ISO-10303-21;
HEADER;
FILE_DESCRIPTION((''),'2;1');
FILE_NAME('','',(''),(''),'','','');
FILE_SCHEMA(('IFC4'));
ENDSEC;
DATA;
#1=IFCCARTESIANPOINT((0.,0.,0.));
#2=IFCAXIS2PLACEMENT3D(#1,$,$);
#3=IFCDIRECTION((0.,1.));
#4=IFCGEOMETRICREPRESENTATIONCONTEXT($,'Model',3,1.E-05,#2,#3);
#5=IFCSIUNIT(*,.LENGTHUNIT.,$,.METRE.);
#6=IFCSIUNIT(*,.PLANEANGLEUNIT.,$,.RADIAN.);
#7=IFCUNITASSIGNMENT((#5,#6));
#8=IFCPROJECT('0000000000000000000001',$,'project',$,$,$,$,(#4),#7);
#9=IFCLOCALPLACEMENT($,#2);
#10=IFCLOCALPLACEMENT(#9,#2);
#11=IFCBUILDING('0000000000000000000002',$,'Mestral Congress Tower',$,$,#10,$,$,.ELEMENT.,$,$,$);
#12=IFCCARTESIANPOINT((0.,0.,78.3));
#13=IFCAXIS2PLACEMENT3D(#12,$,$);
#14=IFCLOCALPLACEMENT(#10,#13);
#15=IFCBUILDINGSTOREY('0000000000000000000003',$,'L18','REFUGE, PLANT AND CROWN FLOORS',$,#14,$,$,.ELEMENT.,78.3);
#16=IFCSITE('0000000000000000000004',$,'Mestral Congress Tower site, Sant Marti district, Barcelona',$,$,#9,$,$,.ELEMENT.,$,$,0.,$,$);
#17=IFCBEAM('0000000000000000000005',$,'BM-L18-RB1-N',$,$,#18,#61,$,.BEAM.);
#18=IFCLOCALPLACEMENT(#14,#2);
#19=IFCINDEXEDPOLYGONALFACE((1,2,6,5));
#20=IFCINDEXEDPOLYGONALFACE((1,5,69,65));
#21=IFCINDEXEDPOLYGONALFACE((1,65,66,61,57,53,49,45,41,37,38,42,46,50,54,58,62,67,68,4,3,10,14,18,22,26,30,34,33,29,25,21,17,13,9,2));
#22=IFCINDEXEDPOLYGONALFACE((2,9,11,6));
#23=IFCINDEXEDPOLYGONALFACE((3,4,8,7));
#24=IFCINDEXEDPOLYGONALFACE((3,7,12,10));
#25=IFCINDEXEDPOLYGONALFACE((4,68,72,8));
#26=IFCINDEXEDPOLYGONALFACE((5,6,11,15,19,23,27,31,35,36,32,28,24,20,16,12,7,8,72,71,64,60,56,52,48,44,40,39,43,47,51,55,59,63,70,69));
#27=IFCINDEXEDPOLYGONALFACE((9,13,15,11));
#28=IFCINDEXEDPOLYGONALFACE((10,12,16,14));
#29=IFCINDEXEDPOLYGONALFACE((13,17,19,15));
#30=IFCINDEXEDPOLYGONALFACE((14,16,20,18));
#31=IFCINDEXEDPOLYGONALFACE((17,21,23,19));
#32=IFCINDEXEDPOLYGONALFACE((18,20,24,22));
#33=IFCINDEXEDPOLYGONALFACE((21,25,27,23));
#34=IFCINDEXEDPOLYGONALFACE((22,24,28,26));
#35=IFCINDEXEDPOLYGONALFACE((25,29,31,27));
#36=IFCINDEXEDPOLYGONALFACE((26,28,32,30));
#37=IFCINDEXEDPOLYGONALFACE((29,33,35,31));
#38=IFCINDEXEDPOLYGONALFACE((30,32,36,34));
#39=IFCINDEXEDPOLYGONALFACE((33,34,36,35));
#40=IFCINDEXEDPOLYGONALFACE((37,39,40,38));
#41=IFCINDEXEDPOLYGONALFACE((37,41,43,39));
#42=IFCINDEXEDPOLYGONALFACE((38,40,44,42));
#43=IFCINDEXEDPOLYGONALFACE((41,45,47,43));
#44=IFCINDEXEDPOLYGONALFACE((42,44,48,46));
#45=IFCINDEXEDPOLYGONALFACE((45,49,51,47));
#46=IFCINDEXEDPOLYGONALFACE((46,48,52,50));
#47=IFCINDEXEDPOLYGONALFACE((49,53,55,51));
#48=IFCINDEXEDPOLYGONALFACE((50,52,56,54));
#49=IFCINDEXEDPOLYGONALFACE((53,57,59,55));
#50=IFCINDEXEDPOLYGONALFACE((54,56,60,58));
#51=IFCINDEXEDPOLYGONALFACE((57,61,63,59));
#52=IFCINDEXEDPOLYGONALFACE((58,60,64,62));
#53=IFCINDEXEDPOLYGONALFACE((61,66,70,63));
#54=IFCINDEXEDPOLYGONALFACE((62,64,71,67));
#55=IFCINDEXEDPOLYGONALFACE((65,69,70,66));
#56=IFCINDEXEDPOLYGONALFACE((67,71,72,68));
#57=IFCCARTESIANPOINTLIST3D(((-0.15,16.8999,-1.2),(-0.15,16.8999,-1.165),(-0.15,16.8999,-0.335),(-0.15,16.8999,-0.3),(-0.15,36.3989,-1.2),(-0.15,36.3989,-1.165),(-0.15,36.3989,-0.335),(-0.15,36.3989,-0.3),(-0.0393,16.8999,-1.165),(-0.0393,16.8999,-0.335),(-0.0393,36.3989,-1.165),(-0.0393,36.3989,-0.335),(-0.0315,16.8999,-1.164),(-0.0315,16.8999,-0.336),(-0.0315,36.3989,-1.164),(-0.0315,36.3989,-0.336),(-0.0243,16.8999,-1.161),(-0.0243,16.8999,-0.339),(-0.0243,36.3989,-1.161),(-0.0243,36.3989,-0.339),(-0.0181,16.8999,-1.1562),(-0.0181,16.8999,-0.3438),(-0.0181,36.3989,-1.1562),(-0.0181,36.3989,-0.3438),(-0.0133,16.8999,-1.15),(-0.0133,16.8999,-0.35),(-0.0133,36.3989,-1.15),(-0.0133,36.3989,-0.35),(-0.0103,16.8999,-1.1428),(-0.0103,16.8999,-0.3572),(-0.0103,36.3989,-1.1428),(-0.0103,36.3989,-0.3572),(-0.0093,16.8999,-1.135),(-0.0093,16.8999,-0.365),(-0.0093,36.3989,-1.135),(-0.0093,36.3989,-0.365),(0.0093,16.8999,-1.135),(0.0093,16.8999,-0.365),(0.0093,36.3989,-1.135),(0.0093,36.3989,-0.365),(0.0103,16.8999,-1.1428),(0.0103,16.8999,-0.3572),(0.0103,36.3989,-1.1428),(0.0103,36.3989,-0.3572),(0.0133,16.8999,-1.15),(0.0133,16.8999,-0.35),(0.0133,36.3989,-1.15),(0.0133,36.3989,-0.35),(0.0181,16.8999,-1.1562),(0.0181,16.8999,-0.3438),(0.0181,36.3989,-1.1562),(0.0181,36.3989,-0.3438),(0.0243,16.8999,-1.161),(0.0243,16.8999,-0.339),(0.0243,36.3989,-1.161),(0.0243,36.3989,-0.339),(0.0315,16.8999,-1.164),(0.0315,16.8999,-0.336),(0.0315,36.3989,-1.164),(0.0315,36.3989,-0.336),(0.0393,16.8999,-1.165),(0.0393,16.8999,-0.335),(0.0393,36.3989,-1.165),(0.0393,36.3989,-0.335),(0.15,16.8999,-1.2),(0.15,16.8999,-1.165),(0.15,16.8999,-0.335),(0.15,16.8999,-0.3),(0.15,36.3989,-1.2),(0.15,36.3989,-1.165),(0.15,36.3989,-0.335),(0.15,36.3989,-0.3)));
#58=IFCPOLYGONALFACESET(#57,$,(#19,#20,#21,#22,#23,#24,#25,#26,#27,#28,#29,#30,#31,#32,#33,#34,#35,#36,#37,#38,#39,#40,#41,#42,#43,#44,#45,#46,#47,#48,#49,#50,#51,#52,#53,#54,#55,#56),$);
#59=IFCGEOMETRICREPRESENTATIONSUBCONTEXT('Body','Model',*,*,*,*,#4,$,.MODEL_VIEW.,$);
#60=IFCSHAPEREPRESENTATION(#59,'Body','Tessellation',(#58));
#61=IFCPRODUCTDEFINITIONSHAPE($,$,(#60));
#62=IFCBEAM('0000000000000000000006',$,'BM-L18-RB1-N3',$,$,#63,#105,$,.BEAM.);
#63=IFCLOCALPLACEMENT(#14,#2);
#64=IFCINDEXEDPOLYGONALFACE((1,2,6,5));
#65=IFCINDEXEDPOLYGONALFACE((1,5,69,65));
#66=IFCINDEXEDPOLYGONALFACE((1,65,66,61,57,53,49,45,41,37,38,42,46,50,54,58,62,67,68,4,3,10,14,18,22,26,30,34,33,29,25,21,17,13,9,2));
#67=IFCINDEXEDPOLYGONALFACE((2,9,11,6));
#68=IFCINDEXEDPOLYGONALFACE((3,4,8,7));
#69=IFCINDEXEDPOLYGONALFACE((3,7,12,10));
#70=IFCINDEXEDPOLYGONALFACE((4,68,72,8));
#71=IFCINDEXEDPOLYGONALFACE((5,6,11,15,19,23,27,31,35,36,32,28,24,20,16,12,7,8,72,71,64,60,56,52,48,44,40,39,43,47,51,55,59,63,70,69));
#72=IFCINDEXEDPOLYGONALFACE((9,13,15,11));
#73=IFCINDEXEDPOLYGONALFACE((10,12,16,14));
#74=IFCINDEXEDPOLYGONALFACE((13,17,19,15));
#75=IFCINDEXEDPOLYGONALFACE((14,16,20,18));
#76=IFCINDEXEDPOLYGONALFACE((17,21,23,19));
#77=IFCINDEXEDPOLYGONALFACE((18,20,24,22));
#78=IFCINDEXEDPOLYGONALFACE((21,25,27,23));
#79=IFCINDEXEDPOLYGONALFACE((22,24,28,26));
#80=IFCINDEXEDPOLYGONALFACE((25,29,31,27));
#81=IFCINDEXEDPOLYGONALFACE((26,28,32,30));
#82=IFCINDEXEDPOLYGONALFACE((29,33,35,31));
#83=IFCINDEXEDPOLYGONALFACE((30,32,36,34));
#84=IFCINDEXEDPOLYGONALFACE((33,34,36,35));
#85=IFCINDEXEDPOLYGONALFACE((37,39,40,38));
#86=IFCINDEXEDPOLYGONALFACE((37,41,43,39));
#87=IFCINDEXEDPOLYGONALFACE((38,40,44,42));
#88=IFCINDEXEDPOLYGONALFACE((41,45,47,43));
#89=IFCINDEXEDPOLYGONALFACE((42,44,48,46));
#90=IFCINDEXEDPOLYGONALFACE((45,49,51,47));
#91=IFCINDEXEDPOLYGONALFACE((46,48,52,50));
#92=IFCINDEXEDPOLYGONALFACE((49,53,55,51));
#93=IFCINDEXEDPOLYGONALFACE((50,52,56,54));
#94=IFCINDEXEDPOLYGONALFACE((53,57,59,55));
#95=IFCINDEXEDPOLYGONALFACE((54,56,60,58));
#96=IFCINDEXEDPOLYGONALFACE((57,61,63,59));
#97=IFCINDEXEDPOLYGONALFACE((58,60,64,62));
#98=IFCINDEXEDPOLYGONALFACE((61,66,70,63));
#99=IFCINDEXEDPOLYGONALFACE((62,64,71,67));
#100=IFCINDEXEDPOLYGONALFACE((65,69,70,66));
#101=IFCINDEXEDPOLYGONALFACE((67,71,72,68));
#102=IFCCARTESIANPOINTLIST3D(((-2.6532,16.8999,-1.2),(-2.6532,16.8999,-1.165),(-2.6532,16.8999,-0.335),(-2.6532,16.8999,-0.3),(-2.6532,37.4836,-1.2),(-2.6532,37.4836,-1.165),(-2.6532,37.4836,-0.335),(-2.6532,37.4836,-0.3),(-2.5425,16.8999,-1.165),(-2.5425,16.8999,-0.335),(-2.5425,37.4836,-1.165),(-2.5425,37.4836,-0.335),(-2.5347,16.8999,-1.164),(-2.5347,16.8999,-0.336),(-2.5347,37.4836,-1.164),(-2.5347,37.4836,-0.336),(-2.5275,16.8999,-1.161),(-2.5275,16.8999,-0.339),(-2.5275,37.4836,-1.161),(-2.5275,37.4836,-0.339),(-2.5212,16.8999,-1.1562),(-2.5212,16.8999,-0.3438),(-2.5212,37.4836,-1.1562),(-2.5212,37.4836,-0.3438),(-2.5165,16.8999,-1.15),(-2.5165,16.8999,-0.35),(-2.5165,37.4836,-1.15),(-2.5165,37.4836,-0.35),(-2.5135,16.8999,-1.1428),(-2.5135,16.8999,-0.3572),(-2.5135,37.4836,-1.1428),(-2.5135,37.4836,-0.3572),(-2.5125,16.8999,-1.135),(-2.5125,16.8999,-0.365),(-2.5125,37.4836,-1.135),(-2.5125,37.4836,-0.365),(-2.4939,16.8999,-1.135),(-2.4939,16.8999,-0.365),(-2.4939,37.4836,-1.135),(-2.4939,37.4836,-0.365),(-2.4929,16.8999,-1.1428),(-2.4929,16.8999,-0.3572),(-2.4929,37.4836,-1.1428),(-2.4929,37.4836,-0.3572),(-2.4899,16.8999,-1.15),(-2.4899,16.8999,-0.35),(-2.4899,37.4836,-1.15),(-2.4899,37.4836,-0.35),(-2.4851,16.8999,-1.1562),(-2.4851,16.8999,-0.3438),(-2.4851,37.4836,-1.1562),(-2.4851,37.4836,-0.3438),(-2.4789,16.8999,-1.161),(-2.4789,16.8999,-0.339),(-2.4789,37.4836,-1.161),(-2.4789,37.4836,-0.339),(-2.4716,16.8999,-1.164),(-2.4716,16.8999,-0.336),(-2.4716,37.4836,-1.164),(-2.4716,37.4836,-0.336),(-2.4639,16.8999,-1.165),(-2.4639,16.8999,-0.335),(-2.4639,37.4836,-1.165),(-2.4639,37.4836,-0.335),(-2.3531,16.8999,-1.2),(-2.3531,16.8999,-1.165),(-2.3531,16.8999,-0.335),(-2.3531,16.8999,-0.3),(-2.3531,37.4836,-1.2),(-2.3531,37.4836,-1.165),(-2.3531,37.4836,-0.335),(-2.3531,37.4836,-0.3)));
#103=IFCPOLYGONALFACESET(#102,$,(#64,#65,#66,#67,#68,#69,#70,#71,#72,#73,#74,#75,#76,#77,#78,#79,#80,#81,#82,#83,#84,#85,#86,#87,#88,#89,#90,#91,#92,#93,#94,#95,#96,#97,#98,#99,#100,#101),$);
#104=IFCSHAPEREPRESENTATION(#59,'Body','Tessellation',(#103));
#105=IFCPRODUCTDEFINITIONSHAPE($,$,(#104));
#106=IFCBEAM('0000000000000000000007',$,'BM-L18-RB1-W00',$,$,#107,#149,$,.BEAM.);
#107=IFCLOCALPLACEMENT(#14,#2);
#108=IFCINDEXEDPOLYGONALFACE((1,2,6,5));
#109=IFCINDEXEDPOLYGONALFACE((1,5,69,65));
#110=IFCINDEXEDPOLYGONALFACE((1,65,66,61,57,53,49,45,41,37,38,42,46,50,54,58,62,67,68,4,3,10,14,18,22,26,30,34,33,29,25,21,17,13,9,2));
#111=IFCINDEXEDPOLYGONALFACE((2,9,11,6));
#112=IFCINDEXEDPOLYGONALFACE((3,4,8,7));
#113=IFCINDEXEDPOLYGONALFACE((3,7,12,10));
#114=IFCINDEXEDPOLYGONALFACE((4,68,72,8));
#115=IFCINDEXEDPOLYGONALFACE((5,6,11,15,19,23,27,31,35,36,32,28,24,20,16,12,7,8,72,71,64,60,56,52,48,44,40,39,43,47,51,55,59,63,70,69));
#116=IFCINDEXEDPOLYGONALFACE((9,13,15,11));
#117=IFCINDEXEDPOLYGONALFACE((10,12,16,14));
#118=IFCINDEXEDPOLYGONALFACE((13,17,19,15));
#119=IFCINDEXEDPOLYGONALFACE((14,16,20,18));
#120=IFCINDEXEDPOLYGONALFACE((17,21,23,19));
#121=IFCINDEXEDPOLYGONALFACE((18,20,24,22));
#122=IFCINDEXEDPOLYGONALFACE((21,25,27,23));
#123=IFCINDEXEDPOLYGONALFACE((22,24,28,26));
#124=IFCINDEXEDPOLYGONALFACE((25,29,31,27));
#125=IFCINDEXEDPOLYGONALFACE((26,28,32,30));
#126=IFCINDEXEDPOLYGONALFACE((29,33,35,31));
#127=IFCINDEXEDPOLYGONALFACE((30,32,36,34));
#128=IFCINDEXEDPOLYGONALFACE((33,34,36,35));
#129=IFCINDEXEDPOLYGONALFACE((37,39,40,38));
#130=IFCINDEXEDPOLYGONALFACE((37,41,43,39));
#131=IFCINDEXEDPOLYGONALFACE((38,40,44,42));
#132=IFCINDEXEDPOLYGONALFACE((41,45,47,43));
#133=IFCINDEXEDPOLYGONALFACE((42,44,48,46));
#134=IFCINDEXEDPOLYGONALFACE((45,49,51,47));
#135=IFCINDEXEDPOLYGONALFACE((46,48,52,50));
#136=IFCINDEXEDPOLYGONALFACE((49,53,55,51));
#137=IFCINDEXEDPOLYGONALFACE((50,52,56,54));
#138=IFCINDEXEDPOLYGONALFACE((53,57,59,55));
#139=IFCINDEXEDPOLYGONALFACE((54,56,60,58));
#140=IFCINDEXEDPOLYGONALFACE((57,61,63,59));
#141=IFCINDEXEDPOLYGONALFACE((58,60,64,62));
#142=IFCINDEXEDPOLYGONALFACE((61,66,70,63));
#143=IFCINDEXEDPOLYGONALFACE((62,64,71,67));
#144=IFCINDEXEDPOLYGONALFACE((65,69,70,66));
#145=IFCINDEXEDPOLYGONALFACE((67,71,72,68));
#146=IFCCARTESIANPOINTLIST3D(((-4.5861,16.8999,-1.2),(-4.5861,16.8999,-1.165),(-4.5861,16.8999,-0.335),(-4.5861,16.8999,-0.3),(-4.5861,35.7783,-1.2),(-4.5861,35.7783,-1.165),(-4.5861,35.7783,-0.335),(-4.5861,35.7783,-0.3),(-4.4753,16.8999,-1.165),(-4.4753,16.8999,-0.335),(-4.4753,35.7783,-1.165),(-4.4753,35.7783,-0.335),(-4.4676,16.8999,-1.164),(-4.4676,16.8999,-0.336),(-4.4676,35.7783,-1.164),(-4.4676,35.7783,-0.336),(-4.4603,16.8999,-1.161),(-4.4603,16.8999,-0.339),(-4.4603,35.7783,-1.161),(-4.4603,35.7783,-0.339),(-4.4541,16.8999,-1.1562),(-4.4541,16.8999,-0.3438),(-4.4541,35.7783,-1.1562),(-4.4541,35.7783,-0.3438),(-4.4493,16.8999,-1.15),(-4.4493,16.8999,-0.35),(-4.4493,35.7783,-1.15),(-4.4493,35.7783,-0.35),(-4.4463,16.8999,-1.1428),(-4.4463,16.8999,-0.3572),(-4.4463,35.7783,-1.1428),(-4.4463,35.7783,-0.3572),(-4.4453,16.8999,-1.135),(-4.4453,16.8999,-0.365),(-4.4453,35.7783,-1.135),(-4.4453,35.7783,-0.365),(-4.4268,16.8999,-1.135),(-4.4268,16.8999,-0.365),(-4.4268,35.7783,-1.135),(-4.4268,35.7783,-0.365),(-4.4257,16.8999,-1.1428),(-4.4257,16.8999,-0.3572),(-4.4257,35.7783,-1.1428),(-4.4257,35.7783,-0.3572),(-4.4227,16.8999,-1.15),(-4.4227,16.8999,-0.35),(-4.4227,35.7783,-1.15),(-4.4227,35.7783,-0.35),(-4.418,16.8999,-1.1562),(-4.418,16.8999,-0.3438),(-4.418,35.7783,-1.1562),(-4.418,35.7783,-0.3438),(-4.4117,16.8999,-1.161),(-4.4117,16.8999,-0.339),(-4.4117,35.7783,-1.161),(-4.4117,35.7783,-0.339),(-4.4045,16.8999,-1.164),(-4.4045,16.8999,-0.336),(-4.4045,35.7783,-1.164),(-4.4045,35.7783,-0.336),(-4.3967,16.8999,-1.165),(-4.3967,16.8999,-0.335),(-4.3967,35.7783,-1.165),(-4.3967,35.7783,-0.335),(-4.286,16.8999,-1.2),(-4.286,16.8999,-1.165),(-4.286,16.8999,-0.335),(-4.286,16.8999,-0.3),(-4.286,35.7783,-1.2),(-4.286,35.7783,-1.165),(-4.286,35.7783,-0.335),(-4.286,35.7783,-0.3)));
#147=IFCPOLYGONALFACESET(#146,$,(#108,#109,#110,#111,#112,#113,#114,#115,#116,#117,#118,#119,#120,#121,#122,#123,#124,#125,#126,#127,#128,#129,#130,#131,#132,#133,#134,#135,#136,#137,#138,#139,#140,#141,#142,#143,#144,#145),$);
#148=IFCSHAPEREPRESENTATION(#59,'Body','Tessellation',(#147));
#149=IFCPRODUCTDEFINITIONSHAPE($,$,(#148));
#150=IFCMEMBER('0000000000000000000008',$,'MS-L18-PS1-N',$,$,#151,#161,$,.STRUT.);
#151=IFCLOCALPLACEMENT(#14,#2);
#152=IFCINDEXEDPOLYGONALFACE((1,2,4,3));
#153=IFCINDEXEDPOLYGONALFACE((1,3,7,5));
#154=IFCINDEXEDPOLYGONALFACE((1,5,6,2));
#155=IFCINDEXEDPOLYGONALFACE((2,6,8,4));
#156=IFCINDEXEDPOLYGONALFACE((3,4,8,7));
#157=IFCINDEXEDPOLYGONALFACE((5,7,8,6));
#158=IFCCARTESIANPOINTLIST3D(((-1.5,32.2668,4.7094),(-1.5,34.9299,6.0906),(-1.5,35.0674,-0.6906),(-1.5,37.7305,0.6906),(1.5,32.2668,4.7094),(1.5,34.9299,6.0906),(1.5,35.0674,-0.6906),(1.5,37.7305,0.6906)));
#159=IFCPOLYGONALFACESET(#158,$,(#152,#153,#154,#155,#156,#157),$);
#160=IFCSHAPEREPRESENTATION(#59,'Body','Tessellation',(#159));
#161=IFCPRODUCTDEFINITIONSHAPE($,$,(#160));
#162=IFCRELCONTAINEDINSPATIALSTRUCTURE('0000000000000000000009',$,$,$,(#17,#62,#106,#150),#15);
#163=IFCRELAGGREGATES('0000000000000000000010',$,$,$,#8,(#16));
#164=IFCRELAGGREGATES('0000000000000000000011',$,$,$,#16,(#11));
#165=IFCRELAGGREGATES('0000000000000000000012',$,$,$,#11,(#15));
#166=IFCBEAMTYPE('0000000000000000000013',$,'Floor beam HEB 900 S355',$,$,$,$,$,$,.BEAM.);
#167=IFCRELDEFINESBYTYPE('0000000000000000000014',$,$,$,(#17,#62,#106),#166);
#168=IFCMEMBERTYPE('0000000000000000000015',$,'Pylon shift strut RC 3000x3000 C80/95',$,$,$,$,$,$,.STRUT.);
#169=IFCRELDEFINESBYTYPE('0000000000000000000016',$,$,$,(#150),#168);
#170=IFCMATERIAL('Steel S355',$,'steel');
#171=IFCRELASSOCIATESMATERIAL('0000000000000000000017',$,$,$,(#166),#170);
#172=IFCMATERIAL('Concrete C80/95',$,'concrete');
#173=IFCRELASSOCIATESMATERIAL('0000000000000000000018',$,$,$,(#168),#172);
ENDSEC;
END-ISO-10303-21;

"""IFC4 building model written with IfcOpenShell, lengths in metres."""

from ifc_helpers import new_model, si_unit, direction, frame, origin, origin_2d, place, context, subcontext, project, spatial, rectangle, i_section, extrude, material, material_profile, profile_set, type_object, element, save


model = new_model("IFC4")

# Units and contexts
model_context = context("Model", 3, precision=1e-05, world=origin(), true_north=direction((0.0, 1.0)))
body_context = subcontext(model_context, "Body", "Model", "MODEL_VIEW")
ifc_project = project(units=[si_unit("LENGTHUNIT", "METRE"), si_unit("PLANEANGLEUNIT", "RADIAN")], contexts=[model_context])

# Site, building, storey
site_placement = place(None, origin())
site = spatial("IfcSite", under=ifc_project, at=site_placement, Name="Mestral Congress Tower site, Sant Marti district, Barcelona", CompositionType="ELEMENT", RefElevation=0.0)
building_placement = place(site_placement, origin())
building = spatial("IfcBuilding", under=site, at=building_placement, Name="Mestral Congress Tower", CompositionType="ELEMENT")
storey_placement = place(building_placement, frame((0.0, 0.0, 78.3)))
storey = spatial("IfcBuildingStorey", under=building, at=storey_placement, Name="L18", Description="REFUGE, PLANT AND CROWN FLOORS", CompositionType="ELEMENT", Elevation=78.3)

# Shared definitions
ifc_material_1 = material(Name="Steel S355", Category="steel")

# Beams
ifc_material_profile_1 = material_profile(ifc_material_1, i_section(OverallWidth=0.3, OverallDepth=0.8999, WebThickness=0.0186, FlangeThickness=0.0349, FilletRadius=0.03, at=origin_2d()), Name="HEB 900")
ifc_profile_set_1 = profile_set([ifc_material_profile_1], Name="Steel S355")
beam_type_1 = type_object("IfcBeamType", Name="Floor beam HEB 900 S355", PredefinedType="BEAM", material=ifc_profile_set_1)
beam_1_placement = place(storey_placement, frame((0.0, 36.3989, -0.75), z_axis=(0.0, -1.0, 0.0), x_axis=(1.0, 0.0, 0.0)))
element("IfcBeam", 1, at=beam_1_placement, inside=storey, type_object=beam_type_1, Name="BM-L18-RB1-N", PredefinedType="BEAM", context=body_context, shape_type="SweptSolid", body=[
    extrude(i_section(OverallWidth=0.3, OverallDepth=0.8999, WebThickness=0.0186, FlangeThickness=0.0349, FilletRadius=0.03, at=origin_2d()), origin(), (0.0, 0.0, 1.0), 19.499),
])
beam_2_placement = place(storey_placement, frame((-2.5032, 37.4836, -0.75), z_axis=(0.0, -1.0, 0.0), x_axis=(1.0, 0.0, 0.0)))
element("IfcBeam", 2, at=beam_2_placement, inside=storey, type_object=beam_type_1, Name="BM-L18-RB1-N3", PredefinedType="BEAM", context=body_context, shape_type="SweptSolid", body=[
    extrude(i_section(OverallWidth=0.3, OverallDepth=0.8999, WebThickness=0.0186, FlangeThickness=0.0349, FilletRadius=0.03, at=origin_2d()), origin(), (0.0, 0.0, 1.0), 20.5837),
])
beam_3_placement = place(storey_placement, frame((-4.436, 35.7783, -0.75), z_axis=(0.0, -1.0, 0.0), x_axis=(1.0, 0.0, 0.0)))
element("IfcBeam", 3, at=beam_3_placement, inside=storey, type_object=beam_type_1, Name="BM-L18-RB1-W00", PredefinedType="BEAM", context=body_context, shape_type="SweptSolid", body=[
    extrude(i_section(OverallWidth=0.3, OverallDepth=0.8999, WebThickness=0.0186, FlangeThickness=0.0349, FilletRadius=0.03, at=origin_2d()), origin(), (0.0, 0.0, 1.0), 18.8784),
])

# Member
ifc_material_2 = material(Name="Concrete C80/95", Category="concrete")
ifc_material_profile_2 = material_profile(ifc_material_2, rectangle(XDim=3.0, YDim=3.0, at=origin_2d()), Name="RC 3000x3000")
ifc_profile_set_2 = profile_set([ifc_material_profile_2], Name="Concrete C80/95")
member_type_1 = type_object("IfcMemberType", Name="Pylon shift strut RC 3000x3000 C80/95", PredefinedType="STRUT", material=ifc_profile_set_2)
member_1_placement = place(storey_placement, frame((0.0, 36.3989, 0.0), z_axis=(0.0, -0.460393, 0.887715), x_axis=(1.0, 0.0, 0.0)))
element("IfcMember", 4, at=member_1_placement, inside=storey, type_object=member_type_1, Name="MS-L18-PS1-N", PredefinedType="STRUT", context=body_context, shape_type="SweptSolid", body=[
    extrude(rectangle(XDim=3.0, YDim=3.0, at=origin_2d()), origin(), (0.0, 0.0, 1.0), 6.083),
])

save(model, "model.ifc")
